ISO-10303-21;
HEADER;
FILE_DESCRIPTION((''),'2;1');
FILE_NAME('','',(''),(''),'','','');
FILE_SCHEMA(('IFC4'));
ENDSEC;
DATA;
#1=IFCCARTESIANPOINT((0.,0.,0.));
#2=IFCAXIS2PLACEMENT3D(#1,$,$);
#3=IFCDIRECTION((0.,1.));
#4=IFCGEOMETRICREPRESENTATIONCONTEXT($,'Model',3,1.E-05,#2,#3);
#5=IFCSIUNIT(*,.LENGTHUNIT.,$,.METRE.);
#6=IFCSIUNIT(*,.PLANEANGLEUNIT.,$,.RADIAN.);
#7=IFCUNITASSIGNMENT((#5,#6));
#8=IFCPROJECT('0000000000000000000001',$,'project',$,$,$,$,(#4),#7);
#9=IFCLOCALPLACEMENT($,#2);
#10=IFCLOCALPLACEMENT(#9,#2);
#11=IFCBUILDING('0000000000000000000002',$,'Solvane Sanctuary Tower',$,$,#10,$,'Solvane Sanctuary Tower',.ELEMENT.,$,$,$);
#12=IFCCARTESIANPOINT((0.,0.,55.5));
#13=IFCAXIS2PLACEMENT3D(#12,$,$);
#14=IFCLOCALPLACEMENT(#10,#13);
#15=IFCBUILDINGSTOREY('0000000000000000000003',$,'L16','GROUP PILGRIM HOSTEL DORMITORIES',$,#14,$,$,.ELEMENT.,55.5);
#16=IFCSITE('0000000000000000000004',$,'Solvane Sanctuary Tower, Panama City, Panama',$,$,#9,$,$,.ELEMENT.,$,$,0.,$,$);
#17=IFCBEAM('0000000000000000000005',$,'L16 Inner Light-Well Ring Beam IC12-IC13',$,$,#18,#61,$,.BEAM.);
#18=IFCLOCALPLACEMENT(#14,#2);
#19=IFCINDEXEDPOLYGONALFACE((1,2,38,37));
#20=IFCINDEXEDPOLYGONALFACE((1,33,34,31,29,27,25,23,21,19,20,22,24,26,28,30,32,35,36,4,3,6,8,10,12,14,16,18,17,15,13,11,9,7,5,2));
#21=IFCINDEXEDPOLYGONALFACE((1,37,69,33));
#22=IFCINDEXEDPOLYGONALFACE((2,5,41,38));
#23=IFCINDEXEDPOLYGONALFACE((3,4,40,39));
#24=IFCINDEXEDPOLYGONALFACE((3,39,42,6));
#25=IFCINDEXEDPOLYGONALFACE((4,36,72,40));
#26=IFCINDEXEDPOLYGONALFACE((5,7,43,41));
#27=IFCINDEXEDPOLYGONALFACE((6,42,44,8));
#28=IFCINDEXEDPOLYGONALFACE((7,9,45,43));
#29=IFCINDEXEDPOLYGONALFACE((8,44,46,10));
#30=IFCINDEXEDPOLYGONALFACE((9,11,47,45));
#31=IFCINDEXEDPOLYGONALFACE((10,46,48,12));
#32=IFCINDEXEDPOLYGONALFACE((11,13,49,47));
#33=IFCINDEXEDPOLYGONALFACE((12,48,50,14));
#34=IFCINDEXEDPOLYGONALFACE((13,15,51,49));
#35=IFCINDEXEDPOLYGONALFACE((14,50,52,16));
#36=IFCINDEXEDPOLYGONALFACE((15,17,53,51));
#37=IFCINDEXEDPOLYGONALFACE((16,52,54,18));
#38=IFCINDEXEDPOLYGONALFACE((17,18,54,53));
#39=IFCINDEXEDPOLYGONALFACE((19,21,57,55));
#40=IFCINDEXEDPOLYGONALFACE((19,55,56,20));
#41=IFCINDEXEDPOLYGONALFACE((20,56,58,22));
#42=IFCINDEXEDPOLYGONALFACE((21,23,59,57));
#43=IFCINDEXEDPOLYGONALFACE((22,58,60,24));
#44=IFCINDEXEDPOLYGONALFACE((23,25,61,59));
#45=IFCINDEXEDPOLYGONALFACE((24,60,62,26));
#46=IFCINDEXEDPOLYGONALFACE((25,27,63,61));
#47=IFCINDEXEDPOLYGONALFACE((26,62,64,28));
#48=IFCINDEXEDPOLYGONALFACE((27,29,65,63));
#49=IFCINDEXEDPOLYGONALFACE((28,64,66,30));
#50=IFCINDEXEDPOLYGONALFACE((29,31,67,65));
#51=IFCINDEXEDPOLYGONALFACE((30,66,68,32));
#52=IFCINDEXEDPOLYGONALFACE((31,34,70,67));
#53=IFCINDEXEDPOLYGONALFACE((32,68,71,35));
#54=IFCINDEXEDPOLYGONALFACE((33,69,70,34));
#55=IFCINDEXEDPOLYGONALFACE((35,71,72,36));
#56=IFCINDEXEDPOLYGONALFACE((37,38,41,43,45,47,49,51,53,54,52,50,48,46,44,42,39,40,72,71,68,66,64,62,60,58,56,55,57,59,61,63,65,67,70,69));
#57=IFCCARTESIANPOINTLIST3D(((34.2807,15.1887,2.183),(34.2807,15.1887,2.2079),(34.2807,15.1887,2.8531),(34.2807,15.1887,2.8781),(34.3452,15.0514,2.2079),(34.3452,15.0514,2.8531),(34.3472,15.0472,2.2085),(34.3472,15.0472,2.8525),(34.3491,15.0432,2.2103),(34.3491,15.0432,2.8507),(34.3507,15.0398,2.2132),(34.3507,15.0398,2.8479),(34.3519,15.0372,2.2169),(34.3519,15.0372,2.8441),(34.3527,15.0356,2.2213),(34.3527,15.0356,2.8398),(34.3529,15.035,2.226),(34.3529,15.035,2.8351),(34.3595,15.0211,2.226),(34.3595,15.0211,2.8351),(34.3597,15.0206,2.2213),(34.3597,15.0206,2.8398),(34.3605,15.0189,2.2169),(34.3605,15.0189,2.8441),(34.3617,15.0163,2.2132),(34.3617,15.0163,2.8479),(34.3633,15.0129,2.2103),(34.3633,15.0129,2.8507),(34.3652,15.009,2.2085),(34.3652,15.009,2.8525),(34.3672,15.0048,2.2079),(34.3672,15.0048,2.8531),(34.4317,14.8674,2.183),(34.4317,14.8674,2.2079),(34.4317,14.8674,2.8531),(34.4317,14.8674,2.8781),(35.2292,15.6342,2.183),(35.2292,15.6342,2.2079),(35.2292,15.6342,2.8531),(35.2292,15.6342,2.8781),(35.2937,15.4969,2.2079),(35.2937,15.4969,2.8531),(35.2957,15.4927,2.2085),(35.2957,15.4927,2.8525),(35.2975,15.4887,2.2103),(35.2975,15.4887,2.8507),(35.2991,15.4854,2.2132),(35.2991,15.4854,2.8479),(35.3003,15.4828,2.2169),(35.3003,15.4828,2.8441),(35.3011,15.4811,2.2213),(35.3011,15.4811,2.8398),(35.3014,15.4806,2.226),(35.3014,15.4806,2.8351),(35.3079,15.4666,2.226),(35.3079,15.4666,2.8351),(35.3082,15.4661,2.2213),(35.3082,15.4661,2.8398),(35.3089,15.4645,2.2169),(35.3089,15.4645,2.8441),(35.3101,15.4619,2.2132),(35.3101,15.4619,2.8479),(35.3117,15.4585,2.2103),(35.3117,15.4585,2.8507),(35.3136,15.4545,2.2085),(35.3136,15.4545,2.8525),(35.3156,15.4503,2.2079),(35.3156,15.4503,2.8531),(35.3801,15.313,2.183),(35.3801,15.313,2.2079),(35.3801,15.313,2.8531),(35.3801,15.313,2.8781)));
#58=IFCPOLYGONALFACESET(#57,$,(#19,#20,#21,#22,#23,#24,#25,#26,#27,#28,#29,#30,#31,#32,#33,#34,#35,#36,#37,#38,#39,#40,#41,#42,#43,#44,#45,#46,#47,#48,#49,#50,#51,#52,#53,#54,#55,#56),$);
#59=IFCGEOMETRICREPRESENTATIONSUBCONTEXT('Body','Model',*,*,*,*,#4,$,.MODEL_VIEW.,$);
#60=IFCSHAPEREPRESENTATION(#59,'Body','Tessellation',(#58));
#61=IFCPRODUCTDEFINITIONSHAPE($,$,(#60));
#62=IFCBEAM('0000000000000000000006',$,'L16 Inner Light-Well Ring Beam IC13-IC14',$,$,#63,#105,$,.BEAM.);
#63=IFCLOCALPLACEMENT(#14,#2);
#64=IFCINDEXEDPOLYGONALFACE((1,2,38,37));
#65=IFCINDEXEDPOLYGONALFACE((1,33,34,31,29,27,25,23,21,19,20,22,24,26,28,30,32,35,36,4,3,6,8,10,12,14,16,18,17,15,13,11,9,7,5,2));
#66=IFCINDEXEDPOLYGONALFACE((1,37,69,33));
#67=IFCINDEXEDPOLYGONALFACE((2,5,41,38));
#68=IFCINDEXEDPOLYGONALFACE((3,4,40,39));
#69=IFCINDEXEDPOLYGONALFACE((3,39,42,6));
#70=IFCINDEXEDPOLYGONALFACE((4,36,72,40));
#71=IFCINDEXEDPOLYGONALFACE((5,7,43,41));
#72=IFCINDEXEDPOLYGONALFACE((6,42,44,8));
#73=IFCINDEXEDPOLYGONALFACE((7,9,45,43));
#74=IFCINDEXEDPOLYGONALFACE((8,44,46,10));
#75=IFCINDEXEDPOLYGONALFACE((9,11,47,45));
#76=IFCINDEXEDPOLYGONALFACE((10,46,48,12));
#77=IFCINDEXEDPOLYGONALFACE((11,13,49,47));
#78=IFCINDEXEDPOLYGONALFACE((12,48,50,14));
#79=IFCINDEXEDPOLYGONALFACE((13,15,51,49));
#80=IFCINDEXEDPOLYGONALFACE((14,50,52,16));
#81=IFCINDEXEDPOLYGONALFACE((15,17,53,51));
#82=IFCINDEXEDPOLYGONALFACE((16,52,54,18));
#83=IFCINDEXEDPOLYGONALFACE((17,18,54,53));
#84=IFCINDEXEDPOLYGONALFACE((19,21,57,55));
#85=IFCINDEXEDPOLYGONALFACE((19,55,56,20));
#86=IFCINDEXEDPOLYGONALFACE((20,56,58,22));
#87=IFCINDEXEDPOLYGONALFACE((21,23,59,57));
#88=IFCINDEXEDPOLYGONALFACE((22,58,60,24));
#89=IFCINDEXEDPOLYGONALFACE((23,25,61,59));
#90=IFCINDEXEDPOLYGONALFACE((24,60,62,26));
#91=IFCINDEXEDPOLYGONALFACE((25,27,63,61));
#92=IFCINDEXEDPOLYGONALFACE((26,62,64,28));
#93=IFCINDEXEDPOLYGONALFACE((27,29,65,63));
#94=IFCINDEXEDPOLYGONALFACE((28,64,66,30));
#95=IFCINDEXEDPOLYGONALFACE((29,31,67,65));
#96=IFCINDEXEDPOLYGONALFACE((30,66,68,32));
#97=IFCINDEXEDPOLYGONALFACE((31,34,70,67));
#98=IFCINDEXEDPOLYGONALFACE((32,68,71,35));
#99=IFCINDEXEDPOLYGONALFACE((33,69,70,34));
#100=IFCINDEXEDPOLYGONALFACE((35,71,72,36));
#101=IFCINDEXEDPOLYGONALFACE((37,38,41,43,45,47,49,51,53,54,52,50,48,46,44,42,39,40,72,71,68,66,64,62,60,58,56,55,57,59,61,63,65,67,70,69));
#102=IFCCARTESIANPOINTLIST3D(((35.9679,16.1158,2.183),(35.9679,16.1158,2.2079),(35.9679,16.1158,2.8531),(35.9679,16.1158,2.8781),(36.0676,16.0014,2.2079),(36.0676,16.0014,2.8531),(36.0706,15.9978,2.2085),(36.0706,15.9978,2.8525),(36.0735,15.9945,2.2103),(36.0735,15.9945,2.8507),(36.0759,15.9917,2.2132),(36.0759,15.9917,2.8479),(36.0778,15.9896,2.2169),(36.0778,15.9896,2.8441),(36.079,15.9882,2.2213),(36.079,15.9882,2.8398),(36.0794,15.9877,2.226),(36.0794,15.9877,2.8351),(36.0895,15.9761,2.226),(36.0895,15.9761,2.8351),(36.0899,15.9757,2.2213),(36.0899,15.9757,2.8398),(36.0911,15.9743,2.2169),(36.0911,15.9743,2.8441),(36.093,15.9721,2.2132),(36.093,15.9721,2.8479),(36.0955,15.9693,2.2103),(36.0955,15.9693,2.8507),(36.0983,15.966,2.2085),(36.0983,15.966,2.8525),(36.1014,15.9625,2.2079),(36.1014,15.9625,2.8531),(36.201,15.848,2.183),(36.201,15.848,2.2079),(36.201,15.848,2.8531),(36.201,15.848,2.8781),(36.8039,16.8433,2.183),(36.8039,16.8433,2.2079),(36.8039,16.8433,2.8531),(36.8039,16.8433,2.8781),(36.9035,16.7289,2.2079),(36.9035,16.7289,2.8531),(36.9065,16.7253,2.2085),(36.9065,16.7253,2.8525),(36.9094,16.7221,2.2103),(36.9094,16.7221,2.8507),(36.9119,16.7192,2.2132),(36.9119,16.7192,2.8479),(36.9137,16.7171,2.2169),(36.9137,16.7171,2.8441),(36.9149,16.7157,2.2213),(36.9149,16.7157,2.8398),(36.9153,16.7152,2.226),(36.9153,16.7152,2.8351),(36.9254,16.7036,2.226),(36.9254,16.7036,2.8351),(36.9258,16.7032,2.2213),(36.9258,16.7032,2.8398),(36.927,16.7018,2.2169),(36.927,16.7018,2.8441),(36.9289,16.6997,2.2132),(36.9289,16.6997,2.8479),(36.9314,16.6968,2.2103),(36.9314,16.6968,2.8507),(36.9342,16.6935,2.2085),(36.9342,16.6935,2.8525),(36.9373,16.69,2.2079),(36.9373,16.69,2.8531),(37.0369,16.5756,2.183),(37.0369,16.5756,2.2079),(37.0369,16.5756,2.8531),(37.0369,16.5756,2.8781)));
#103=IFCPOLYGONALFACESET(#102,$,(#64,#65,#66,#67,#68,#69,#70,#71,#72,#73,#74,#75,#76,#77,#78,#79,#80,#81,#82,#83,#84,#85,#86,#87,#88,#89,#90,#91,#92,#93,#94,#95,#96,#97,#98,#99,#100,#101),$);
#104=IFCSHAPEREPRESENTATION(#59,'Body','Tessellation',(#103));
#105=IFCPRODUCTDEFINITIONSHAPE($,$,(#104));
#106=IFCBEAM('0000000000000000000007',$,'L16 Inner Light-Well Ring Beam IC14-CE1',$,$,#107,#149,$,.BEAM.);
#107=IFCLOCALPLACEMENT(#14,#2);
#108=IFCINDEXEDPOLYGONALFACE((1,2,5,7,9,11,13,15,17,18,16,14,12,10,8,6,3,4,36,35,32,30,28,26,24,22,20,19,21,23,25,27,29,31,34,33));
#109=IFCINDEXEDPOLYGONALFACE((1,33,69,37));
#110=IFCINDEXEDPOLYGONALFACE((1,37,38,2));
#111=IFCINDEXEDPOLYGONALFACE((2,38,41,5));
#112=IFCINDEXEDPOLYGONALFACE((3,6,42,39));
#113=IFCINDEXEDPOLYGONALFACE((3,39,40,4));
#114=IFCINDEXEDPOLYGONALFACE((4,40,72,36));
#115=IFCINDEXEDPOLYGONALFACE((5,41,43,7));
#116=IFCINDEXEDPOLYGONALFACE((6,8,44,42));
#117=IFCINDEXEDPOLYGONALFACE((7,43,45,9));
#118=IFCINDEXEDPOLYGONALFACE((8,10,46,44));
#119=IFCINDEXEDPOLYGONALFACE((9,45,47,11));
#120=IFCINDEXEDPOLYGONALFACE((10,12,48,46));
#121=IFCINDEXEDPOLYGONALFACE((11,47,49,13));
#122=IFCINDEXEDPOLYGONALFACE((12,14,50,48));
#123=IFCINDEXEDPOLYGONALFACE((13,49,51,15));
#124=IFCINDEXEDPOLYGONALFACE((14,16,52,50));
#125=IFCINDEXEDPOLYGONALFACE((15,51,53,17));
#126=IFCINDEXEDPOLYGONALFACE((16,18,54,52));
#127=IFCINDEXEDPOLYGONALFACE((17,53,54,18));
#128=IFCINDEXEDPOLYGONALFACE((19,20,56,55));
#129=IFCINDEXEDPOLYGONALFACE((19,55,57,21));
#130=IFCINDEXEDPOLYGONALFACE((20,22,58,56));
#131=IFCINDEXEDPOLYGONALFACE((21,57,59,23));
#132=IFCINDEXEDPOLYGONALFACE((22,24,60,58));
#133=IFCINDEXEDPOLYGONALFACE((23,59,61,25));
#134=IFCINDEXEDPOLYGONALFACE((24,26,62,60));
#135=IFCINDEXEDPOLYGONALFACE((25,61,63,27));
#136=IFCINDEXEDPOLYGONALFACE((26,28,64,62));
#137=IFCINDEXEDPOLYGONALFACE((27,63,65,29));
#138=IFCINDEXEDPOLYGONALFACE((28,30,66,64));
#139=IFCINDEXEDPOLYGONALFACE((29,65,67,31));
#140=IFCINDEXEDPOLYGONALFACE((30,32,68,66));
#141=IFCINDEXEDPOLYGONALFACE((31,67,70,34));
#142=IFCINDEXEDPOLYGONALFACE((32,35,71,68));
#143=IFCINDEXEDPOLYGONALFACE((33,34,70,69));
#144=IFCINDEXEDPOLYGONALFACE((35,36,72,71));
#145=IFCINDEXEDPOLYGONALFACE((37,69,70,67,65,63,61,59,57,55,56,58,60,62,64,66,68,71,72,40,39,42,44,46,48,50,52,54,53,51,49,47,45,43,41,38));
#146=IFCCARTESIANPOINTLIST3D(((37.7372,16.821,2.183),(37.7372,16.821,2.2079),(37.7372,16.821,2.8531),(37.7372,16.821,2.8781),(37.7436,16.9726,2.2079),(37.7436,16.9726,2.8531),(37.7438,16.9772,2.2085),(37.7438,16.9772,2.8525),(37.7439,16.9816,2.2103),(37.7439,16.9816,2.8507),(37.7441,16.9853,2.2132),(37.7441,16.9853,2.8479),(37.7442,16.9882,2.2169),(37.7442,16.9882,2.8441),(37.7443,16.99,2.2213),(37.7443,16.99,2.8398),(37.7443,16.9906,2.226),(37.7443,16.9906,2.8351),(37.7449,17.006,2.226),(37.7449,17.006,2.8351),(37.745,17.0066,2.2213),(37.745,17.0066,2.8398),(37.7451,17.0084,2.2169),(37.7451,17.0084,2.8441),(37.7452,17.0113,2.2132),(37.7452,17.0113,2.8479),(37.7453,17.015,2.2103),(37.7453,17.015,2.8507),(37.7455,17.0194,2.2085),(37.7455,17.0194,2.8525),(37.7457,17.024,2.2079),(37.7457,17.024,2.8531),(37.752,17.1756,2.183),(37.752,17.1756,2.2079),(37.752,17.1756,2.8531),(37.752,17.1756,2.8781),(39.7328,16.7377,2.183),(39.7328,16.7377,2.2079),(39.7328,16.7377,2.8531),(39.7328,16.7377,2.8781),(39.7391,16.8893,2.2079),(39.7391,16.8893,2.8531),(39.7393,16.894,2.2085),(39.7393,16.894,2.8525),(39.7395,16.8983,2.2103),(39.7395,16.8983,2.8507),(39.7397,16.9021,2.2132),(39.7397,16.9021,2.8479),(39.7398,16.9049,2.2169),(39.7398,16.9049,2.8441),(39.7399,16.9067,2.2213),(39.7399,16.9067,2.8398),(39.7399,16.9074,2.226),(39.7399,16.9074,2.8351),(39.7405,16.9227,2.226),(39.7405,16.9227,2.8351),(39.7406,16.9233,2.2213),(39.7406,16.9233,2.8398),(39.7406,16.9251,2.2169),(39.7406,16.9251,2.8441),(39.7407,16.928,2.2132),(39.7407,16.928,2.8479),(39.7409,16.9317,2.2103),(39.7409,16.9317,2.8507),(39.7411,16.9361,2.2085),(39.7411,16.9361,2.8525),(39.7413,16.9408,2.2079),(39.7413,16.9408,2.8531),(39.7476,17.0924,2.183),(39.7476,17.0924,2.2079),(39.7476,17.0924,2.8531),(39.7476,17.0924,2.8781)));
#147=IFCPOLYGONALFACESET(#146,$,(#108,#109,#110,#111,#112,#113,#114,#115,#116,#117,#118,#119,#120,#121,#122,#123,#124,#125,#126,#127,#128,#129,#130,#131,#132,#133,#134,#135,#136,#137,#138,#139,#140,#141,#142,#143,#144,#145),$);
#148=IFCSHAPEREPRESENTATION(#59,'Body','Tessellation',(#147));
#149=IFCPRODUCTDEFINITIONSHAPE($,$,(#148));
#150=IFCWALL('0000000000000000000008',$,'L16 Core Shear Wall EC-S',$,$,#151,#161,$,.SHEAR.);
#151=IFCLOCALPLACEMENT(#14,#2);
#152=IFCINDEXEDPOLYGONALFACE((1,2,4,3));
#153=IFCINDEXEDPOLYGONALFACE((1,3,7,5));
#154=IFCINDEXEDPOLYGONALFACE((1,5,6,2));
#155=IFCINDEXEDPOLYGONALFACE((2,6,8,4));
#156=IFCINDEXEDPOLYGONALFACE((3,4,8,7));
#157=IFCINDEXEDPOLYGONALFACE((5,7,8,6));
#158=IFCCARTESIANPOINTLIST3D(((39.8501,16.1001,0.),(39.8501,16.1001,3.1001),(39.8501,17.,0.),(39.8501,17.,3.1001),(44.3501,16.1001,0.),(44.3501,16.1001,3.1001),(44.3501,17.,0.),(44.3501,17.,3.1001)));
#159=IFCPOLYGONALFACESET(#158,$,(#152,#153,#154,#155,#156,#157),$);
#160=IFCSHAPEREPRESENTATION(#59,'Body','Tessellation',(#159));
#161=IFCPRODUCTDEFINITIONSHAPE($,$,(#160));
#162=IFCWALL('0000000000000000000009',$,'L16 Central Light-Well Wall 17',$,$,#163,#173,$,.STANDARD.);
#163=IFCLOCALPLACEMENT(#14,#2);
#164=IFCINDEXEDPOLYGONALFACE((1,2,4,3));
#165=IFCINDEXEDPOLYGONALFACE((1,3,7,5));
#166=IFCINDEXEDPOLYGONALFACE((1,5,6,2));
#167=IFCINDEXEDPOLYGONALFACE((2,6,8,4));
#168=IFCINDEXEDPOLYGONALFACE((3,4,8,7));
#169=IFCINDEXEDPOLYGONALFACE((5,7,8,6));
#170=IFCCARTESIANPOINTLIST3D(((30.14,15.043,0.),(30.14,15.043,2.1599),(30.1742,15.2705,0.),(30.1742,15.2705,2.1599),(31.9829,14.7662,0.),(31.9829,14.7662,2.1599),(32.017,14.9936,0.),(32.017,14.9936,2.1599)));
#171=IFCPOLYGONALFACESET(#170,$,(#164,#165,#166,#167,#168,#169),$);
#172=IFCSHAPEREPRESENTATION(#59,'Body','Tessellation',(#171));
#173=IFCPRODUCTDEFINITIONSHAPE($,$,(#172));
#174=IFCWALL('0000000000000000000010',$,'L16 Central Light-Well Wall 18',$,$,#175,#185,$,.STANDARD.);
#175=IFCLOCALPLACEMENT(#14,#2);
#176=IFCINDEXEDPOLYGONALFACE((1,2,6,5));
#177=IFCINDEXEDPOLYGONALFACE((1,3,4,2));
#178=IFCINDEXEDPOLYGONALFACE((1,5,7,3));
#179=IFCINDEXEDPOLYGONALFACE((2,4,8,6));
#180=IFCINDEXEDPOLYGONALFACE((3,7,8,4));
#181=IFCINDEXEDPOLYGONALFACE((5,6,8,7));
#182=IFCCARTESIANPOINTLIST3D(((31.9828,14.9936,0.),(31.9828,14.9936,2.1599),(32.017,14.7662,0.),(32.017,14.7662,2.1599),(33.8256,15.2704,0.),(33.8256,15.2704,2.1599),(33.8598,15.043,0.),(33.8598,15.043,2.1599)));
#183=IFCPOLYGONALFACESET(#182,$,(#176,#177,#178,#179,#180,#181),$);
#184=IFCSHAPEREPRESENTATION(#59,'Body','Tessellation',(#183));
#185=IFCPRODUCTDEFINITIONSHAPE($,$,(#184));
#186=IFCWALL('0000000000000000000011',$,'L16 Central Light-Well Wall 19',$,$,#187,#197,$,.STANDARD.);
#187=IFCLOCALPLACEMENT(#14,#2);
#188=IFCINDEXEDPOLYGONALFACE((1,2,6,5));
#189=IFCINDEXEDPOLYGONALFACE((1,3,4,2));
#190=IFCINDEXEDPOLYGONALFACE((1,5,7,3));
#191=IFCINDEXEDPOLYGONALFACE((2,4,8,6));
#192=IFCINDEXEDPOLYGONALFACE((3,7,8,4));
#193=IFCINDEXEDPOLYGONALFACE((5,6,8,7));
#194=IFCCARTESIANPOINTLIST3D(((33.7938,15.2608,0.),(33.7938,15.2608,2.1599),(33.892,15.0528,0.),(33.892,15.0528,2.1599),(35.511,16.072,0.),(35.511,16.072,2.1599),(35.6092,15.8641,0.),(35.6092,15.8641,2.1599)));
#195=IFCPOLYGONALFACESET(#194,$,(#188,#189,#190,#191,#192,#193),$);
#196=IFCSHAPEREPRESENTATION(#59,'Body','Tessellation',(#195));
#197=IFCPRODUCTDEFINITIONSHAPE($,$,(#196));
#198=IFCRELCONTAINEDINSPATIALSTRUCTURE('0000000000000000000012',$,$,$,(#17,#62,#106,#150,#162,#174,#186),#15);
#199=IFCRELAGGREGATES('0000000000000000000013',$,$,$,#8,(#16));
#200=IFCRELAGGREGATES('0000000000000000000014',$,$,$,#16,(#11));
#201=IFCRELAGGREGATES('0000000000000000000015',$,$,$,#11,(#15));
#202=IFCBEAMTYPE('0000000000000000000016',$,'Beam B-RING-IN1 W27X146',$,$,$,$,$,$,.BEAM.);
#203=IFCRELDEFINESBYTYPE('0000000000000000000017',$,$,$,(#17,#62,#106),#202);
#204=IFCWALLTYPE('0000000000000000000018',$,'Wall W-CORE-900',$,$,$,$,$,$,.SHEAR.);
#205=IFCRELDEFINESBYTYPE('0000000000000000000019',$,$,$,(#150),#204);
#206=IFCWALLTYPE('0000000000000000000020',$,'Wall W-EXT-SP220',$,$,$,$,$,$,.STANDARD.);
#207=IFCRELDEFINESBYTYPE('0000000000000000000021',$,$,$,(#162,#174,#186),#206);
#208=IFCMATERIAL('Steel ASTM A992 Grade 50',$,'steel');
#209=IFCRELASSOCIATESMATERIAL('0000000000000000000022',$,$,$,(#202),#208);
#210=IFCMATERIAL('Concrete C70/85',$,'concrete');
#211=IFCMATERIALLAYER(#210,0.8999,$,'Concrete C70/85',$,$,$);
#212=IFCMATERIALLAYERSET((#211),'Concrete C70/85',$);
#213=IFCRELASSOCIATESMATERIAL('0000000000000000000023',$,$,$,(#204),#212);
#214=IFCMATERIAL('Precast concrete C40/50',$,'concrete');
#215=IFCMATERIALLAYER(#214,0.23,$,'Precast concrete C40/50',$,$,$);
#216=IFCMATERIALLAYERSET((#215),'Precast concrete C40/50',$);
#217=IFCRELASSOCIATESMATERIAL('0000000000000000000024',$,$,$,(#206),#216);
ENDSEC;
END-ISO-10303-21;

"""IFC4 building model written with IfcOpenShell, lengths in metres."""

from ifc_helpers import new_model, si_unit, direction, frame, frame_2d, origin, origin_2d, place, context, subcontext, project, spatial, rectangle, i_section, extrude, material, layer, layer_set, material_profile, profile_set, type_object, element, save


model = new_model("IFC4")

# Units and contexts
model_context = context("Model", 3, precision=1e-05, world=origin(), true_north=direction((0.0, 1.0)))
body_context = subcontext(model_context, "Body", "Model", "MODEL_VIEW")
ifc_project = project(units=[si_unit("LENGTHUNIT", "METRE"), si_unit("PLANEANGLEUNIT", "RADIAN")], contexts=[model_context])

# Site, building, storey
site_placement = place(None, origin())
site = spatial("IfcSite", under=ifc_project, at=site_placement, Name="Solvane Sanctuary Tower, Panama City, Panama", CompositionType="ELEMENT", RefElevation=0.0)
building_placement = place(site_placement, origin())
building = spatial("IfcBuilding", under=site, at=building_placement, Name="Solvane Sanctuary Tower", LongName="Solvane Sanctuary Tower", CompositionType="ELEMENT")
storey_placement = place(building_placement, frame((0.0, 0.0, 55.5)))
storey = spatial("IfcBuildingStorey", under=building, at=storey_placement, Name="L16", Description="GROUP PILGRIM HOSTEL DORMITORIES", CompositionType="ELEMENT", Elevation=55.5)

# Shared definitions
ifc_material_1 = material(Name="Concrete C70/85", Category="concrete")

# Beams
ifc_material_2 = material(Name="Steel ASTM A992 Grade 50", Category="steel")
ifc_material_profile_1 = material_profile(ifc_material_2, i_section(OverallWidth=0.355, OverallDepth=0.6951, WebThickness=0.0154, FlangeThickness=0.0249, FilletRadius=0.0181, at=origin_2d()), Name="W27X146")
ifc_profile_set_1 = profile_set([ifc_material_profile_1], Name="Steel ASTM A992 Grade 50")
beam_type_1 = type_object("IfcBeamType", Name="Beam B-RING-IN1 W27X146", PredefinedType="BEAM", material=ifc_profile_set_1)
beam_1_placement = place(storey_placement, frame((34.3562, 15.0281, 2.5305), z_axis=(0.905109, 0.42518, 0.0), x_axis=(-0.42518, 0.905109, 0.0)))
element("IfcBeam", 1, at=beam_1_placement, inside=storey, type_object=beam_type_1, Name="L16 Inner Light-Well Ring Beam IC12-IC13", PredefinedType="BEAM", context=body_context, shape_type="SweptSolid", body=[
    extrude(i_section(OverallWidth=0.355, OverallDepth=0.6951, WebThickness=0.0154, FlangeThickness=0.0249, FilletRadius=0.0181, at=origin_2d()), origin(), (0.0, 0.0, 1.0), 1.0479),
])
beam_2_placement = place(storey_placement, frame((36.0845, 15.9819, 2.5305), z_axis=(0.754321, 0.656506, 0.0), x_axis=(-0.656506, 0.754321, 0.0)))
element("IfcBeam", 2, at=beam_2_placement, inside=storey, type_object=beam_type_1, Name="L16 Inner Light-Well Ring Beam IC13-IC14", PredefinedType="BEAM", context=body_context, shape_type="SweptSolid", body=[
    extrude(i_section(OverallWidth=0.355, OverallDepth=0.6951, WebThickness=0.0154, FlangeThickness=0.0249, FilletRadius=0.0181, at=origin_2d()), origin(), (0.0, 0.0, 1.0), 1.1082),
])
beam_3_placement = place(storey_placement, frame((37.7446, 16.9983, 2.5305), z_axis=(0.999131, -0.041681, 0.0), x_axis=(0.041681, 0.999131, 0.0)))
element("IfcBeam", 3, at=beam_3_placement, inside=storey, type_object=beam_type_1, Name="L16 Inner Light-Well Ring Beam IC14-CE1", PredefinedType="BEAM", context=body_context, shape_type="SweptSolid", body=[
    extrude(i_section(OverallWidth=0.355, OverallDepth=0.6951, WebThickness=0.0154, FlangeThickness=0.0249, FilletRadius=0.0181, at=origin_2d()), origin(), (0.0, 0.0, 1.0), 1.9973),
])

# Walls
ifc_layer_1 = layer(ifc_material_1, 0.8999, Name="Concrete C70/85")
ifc_layer_set_1 = layer_set([ifc_layer_1], Name="Concrete C70/85")
wall_type_1 = type_object("IfcWallType", Name="Wall W-CORE-900", PredefinedType="SHEAR", material=ifc_layer_set_1)
wall_1_placement = place(storey_placement, frame((39.8501, 16.55, 0.0), z_axis=(0.0, 0.0, 1.0), x_axis=(1.0, 0.0, 0.0)))
element("IfcWall", 4, at=wall_1_placement, inside=storey, type_object=wall_type_1, Name="L16 Core Shear Wall EC-S", PredefinedType="SHEAR", context=body_context, shape_type="SweptSolid", body=[
    extrude(rectangle(XDim=4.5, YDim=0.8999, at=frame_2d((2.25, 0.0))), origin(), (0.0, 0.0, 1.0), 3.1001),
])
ifc_material_3 = material(Name="Precast concrete C40/50", Category="concrete")
ifc_layer_2 = layer(ifc_material_3, 0.23, Name="Precast concrete C40/50")
ifc_layer_set_2 = layer_set([ifc_layer_2], Name="Precast concrete C40/50")
wall_type_2 = type_object("IfcWallType", Name="Wall W-EXT-SP220", PredefinedType="STANDARD", material=ifc_layer_set_2)
for number, where, z_axis, x_axis, name in (
    (5, (30.1572, 15.1567, 0.0), (0.0, 0.0, 1.0), (0.988902, -0.148571, 0.0), "L16 Central Light-Well Wall 17"),
    (6, (32.0, 14.8799, 0.0), (0.0, 0.0, 1.0), (0.988902, 0.148571, 0.0), "L16 Central Light-Well Wall 18"),
):
    element("IfcWall", number, at=place(storey_placement, frame(where, z_axis=z_axis, x_axis=x_axis)), inside=storey, type_object=wall_type_2, Name=name, PredefinedType="STANDARD", context=body_context, shape_type="SweptSolid", body=[
        extrude(rectangle(XDim=1.8635, YDim=0.23, at=frame_2d((0.9316, 0.0))), origin(), (0.0, 0.0, 1.0), 2.1599),
    ])
wall_2_placement = place(storey_placement, frame((33.8428, 15.1567, 0.0), z_axis=(0.0, 0.0, 1.0), x_axis=(0.90418, 0.427152, 0.0)))
element("IfcWall", 7, at=wall_2_placement, inside=storey, type_object=wall_type_2, Name="L16 Central Light-Well Wall 19", PredefinedType="STANDARD", context=body_context, shape_type="SweptSolid", body=[
    extrude(rectangle(XDim=1.8992, YDim=0.23, at=frame_2d((0.9497, 0.0))), origin(), (0.0, 0.0, 1.0), 2.1599),
])

save(model, "model.ifc")
